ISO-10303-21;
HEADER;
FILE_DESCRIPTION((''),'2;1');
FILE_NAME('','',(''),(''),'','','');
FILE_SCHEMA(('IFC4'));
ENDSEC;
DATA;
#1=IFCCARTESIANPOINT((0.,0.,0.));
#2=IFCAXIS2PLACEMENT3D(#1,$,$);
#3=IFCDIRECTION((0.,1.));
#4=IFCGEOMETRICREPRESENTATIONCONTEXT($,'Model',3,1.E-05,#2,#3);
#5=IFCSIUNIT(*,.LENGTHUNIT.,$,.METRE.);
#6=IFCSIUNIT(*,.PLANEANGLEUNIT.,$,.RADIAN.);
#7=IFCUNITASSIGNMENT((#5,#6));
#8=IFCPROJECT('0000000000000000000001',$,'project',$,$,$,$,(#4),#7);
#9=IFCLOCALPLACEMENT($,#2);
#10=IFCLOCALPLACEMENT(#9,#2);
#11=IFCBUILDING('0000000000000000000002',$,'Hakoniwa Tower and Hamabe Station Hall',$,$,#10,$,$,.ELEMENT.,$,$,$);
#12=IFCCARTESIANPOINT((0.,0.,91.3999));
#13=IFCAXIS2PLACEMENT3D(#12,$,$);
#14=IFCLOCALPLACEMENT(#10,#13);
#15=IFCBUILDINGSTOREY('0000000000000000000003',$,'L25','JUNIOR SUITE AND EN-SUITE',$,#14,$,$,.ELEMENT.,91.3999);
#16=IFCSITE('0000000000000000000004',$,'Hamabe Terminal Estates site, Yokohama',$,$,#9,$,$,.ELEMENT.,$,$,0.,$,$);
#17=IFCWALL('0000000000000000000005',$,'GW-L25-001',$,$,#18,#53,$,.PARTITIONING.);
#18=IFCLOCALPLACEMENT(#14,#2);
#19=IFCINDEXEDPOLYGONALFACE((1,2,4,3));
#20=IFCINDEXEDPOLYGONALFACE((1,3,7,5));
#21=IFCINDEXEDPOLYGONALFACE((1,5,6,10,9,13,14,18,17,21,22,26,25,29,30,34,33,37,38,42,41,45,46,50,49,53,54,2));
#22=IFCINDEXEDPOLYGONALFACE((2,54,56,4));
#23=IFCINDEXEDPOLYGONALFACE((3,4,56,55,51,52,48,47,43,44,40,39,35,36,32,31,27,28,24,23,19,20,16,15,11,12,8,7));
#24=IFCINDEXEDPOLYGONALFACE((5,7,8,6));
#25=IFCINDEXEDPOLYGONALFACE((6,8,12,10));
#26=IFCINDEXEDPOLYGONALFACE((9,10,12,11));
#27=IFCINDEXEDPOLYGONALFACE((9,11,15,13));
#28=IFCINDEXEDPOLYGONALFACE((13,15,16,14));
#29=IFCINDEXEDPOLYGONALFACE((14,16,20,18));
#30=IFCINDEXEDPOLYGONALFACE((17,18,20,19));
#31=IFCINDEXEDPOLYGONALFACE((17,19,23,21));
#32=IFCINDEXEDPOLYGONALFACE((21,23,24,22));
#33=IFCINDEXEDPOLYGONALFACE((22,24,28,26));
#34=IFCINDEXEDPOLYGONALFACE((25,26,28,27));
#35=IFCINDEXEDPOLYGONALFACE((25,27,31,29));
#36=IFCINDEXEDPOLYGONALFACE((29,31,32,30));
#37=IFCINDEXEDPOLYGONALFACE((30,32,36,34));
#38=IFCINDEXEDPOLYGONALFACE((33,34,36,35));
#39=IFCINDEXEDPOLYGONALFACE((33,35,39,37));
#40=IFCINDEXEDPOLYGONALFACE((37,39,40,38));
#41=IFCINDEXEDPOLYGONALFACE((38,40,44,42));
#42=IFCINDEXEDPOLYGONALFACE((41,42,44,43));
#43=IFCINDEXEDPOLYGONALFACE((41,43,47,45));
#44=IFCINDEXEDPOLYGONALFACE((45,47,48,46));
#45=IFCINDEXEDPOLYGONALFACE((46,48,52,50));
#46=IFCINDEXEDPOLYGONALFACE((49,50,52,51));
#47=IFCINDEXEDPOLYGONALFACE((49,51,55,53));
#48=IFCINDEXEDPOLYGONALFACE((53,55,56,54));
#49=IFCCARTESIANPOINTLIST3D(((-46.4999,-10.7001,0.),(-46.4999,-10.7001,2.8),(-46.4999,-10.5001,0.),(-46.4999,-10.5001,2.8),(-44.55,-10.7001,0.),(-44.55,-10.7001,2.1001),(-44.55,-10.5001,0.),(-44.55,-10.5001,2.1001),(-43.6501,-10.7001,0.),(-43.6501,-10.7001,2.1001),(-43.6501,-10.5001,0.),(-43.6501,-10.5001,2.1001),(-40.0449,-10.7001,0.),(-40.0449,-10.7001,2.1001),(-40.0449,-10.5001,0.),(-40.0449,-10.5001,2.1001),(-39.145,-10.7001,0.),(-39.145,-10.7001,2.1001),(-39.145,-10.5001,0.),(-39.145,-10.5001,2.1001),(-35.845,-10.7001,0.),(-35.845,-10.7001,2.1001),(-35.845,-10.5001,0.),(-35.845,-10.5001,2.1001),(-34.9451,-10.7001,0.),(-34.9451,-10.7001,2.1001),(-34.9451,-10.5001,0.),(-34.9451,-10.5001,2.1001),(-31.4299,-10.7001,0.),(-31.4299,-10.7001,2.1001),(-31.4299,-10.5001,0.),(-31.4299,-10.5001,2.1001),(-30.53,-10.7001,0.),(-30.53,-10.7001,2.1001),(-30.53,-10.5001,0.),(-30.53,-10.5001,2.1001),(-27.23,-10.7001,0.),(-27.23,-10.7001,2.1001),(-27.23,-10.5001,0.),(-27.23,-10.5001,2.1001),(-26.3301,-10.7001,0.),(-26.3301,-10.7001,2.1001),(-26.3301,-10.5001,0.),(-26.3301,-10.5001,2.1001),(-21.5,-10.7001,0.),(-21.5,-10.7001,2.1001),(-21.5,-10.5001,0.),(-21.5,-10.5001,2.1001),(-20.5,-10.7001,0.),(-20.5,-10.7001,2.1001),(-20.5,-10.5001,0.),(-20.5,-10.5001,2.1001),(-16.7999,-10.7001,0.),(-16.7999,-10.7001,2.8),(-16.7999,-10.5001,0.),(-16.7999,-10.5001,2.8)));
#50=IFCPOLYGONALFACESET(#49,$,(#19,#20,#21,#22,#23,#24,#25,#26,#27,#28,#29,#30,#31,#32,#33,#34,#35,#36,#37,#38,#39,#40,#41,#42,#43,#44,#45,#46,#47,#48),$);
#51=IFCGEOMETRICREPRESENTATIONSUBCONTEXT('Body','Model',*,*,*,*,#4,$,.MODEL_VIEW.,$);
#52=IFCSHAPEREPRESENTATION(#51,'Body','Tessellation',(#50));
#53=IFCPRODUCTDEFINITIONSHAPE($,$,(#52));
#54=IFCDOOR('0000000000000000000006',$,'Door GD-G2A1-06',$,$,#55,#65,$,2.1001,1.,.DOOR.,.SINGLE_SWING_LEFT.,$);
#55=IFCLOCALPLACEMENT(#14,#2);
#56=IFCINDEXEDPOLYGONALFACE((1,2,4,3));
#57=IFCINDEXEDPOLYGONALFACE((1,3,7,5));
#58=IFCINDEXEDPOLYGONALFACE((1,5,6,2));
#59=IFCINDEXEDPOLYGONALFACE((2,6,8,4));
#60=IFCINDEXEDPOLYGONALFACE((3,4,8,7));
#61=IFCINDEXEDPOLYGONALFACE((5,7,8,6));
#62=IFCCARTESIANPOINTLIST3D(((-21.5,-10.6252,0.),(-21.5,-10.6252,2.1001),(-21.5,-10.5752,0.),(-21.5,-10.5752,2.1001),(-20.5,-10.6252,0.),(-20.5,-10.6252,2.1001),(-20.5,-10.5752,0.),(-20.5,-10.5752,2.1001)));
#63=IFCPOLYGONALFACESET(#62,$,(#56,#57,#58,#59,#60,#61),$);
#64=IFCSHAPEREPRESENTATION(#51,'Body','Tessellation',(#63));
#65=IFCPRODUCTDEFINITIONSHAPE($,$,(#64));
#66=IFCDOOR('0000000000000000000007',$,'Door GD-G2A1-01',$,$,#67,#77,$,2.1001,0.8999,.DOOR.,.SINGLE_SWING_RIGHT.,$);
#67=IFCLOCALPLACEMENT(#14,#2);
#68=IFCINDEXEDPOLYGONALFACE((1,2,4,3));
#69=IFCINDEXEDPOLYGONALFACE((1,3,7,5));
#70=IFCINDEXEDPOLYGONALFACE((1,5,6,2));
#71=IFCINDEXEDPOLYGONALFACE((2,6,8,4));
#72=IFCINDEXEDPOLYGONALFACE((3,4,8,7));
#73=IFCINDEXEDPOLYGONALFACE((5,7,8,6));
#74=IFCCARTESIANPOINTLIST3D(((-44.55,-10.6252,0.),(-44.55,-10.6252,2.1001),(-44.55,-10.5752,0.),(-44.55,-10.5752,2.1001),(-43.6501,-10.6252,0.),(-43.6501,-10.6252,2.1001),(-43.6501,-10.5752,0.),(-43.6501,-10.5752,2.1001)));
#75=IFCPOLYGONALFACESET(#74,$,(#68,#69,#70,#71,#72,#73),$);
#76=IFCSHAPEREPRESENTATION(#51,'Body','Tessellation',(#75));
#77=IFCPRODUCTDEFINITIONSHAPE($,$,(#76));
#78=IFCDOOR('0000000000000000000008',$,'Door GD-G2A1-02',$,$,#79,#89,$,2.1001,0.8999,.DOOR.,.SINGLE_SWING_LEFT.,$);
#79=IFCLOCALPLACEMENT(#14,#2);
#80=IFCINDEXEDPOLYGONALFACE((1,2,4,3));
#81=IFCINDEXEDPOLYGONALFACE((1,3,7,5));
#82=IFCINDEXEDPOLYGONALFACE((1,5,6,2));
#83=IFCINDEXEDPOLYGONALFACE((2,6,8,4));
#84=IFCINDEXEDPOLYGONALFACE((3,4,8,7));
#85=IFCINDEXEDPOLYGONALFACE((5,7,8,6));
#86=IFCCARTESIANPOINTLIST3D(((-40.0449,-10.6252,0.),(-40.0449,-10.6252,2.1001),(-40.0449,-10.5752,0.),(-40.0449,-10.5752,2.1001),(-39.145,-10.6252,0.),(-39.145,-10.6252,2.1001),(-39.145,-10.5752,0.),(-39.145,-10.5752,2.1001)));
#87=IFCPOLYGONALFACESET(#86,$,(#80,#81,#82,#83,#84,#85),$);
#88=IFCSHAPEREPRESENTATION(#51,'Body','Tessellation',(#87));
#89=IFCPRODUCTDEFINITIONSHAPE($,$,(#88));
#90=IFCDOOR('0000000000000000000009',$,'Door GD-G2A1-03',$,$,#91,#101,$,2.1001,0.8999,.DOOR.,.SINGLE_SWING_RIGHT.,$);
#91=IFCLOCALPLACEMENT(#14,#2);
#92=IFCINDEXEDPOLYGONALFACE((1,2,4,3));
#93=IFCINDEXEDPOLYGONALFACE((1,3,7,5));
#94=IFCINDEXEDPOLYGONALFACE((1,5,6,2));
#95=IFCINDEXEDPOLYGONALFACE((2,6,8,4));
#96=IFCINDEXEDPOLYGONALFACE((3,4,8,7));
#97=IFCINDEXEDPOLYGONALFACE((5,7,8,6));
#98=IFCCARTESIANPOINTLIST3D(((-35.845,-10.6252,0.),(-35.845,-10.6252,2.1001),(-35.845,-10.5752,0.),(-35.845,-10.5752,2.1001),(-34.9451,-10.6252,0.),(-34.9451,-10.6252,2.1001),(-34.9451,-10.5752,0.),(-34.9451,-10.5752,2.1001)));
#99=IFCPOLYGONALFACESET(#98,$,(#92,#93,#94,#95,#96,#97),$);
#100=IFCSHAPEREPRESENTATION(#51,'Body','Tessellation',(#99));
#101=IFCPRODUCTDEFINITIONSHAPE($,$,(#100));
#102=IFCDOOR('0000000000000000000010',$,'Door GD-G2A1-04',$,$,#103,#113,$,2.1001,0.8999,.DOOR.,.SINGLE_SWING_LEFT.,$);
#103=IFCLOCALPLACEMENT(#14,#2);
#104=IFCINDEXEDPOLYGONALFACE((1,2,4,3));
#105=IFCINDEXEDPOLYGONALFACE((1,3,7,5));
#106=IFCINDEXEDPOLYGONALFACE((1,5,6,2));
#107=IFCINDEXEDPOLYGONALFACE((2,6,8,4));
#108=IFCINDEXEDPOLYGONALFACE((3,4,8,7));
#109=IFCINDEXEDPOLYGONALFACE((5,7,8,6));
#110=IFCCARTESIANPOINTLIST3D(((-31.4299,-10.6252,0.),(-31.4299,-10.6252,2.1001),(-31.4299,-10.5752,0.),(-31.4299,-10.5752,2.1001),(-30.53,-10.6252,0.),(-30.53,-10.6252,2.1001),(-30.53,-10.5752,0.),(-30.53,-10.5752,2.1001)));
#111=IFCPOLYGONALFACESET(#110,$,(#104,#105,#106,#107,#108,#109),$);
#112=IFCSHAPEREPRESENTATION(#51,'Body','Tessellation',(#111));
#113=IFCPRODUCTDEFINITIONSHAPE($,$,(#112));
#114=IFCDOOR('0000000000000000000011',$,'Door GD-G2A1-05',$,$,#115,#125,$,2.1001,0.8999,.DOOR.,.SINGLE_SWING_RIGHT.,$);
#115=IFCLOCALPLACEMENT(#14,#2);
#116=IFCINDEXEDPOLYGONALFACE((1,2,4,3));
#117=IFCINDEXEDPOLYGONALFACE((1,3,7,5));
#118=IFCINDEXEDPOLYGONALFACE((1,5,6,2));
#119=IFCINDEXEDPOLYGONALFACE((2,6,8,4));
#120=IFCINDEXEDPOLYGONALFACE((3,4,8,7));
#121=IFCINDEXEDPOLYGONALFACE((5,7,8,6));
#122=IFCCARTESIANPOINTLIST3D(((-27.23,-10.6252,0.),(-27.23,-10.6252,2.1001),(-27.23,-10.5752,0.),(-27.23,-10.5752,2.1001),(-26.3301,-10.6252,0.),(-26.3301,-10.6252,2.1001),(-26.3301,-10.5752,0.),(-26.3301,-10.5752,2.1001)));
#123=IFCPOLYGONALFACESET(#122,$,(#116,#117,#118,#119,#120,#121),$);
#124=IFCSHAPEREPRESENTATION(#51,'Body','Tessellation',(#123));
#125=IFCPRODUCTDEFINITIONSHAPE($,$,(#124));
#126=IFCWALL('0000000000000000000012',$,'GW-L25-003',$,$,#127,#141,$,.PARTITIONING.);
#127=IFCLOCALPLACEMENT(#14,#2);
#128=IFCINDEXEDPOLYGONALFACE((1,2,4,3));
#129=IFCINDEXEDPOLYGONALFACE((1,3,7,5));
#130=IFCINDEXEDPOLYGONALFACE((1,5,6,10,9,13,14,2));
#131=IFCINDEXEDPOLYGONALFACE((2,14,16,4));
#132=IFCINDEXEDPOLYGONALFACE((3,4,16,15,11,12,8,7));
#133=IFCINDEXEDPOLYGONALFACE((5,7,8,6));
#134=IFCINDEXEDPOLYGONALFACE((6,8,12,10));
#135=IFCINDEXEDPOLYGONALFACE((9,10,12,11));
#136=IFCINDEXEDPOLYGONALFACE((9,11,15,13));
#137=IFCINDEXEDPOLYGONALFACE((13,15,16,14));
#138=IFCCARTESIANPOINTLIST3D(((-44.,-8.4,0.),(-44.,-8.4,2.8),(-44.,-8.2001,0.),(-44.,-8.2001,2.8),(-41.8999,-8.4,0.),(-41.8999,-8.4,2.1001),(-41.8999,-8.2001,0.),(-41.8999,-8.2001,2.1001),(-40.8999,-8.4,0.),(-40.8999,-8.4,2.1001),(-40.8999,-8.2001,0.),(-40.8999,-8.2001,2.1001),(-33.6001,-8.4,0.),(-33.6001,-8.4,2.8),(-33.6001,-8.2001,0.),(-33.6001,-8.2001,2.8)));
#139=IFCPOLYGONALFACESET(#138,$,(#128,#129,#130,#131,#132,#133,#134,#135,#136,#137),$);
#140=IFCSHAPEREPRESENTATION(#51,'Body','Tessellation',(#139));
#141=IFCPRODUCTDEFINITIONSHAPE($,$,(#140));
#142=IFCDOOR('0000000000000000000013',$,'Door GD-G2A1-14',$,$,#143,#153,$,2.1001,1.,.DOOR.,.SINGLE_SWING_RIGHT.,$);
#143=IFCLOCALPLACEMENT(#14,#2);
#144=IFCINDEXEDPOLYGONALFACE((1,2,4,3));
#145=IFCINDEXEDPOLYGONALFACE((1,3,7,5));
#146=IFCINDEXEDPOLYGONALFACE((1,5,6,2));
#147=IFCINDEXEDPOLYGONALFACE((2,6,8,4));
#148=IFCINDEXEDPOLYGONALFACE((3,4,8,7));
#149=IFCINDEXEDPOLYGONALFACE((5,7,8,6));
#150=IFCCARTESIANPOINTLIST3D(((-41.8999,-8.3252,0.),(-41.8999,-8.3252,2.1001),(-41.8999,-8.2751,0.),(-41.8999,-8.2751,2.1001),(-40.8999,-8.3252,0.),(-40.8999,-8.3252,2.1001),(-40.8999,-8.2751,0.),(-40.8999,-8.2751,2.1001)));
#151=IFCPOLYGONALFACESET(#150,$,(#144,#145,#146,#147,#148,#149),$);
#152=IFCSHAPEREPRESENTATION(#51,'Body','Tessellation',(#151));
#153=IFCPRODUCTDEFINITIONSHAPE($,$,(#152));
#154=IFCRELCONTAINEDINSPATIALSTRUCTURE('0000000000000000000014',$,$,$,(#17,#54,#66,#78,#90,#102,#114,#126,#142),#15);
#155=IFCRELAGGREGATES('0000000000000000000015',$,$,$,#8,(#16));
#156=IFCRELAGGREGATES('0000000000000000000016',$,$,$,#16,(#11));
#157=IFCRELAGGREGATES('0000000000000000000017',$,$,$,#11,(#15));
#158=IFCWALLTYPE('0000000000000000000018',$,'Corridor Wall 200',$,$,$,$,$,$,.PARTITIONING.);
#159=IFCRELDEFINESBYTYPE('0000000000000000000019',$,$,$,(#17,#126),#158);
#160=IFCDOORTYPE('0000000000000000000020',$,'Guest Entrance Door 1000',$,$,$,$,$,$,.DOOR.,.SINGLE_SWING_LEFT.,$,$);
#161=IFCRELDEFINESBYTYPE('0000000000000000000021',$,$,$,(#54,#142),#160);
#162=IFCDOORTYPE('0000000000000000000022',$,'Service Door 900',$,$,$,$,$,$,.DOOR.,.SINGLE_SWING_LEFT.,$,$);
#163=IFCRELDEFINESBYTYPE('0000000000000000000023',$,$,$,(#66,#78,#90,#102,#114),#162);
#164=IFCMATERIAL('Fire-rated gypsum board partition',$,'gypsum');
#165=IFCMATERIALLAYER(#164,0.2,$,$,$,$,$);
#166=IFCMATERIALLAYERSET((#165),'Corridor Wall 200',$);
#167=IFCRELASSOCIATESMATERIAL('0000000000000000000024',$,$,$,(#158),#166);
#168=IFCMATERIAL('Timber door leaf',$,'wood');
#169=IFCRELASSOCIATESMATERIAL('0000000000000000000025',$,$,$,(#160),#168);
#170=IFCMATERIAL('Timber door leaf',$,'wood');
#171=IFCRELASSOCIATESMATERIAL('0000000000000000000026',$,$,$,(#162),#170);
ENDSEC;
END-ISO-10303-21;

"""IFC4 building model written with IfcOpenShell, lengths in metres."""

from ifc_helpers import new_model, si_unit, direction, frame, frame_2d, origin, place, context, subcontext, project, spatial, rectangle, extrude, material, layer, layer_set, type_object, element, fill, save


model = new_model("IFC4")

# Units and contexts
model_context = context("Model", 3, precision=1e-05, world=origin(), true_north=direction((0.0, 1.0)))
body_context = subcontext(model_context, "Body", "Model", "MODEL_VIEW")
ifc_project = project(units=[si_unit("LENGTHUNIT", "METRE"), si_unit("PLANEANGLEUNIT", "RADIAN")], contexts=[model_context])

# Site, building, storey
site_placement = place(None, origin())
site = spatial("IfcSite", under=ifc_project, at=site_placement, Name="Hamabe Terminal Estates site, Yokohama", CompositionType="ELEMENT", RefElevation=0.0)
building_placement = place(site_placement, origin())
building = spatial("IfcBuilding", under=site, at=building_placement, Name="Hakoniwa Tower and Hamabe Station Hall", CompositionType="ELEMENT")
storey_placement = place(building_placement, frame((0.0, 0.0, 91.3999)))
storey = spatial("IfcBuildingStorey", under=building, at=storey_placement, Name="L25", Description="JUNIOR SUITE AND EN-SUITE", CompositionType="ELEMENT", Elevation=91.3999)

# Wall, openings, doors
ifc_material_1 = material(Name="Fire-rated gypsum board partition", Category="gypsum")
ifc_layer_1 = layer(ifc_material_1, 0.2)
ifc_layer_set_1 = layer_set([ifc_layer_1], Name="Corridor Wall 200")
wall_type_1 = type_object("IfcWallType", Name="Corridor Wall 200", PredefinedType="PARTITIONING", material=ifc_layer_set_1)
wall_1_placement = place(storey_placement, frame((-46.5, -10.6001, 0.0), z_axis=(0.0, 0.0, 1.0), x_axis=(1.0, 0.0, 0.0)))
wall_1 = element("IfcWall", 1, at=wall_1_placement, inside=storey, type_object=wall_type_1, Name="GW-L25-001", PredefinedType="PARTITIONING", context=body_context, shape_type="SweptSolid", body=[
    extrude(rectangle(XDim=29.7, YDim=0.2, at=frame_2d((14.8501, 0.0))), origin(), (0.0, 0.0, 1.0), 2.8),
])
opening_1_placement = place(wall_1_placement, frame((1.95, 0.0, 0.0)))
opening_1 = element("IfcOpeningElement", 2, at=opening_1_placement, cuts=wall_1, PredefinedType="OPENING", context=body_context, shape_type="SweptSolid", body=[
    extrude(rectangle(XDim=0.8999, YDim=2.1001, at=frame_2d((0.45, 1.05))), frame((0.0, 0.1099, 0.0), z_axis=(0.0, -1.0, 0.0), x_axis=(1.0, 0.0, 0.0)), (0.0, 0.0, 1.0), 0.22),
])
opening_2_placement = place(wall_1_placement, frame((6.4551, 0.0, 0.0)))
opening_2 = element("IfcOpeningElement", 3, at=opening_2_placement, cuts=wall_1, PredefinedType="OPENING", context=body_context, shape_type="SweptSolid", body=[
    extrude(rectangle(XDim=0.8999, YDim=2.1001, at=frame_2d((0.45, 1.05))), frame((0.0, 0.1099, 0.0), z_axis=(0.0, -1.0, 0.0), x_axis=(1.0, 0.0, 0.0)), (0.0, 0.0, 1.0), 0.22),
])
opening_3_placement = place(wall_1_placement, frame((10.655, 0.0, 0.0)))
opening_3 = element("IfcOpeningElement", 4, at=opening_3_placement, cuts=wall_1, PredefinedType="OPENING", context=body_context, shape_type="SweptSolid", body=[
    extrude(rectangle(XDim=0.8999, YDim=2.1001, at=frame_2d((0.45, 1.05))), frame((0.0, 0.1099, 0.0), z_axis=(0.0, -1.0, 0.0), x_axis=(1.0, 0.0, 0.0)), (0.0, 0.0, 1.0), 0.22),
])
opening_4_placement = place(wall_1_placement, frame((15.0701, 0.0, 0.0)))
opening_4 = element("IfcOpeningElement", 5, at=opening_4_placement, cuts=wall_1, PredefinedType="OPENING", context=body_context, shape_type="SweptSolid", body=[
    extrude(rectangle(XDim=0.8999, YDim=2.1001, at=frame_2d((0.45, 1.05))), frame((0.0, 0.1099, 0.0), z_axis=(0.0, -1.0, 0.0), x_axis=(1.0, 0.0, 0.0)), (0.0, 0.0, 1.0), 0.22),
])
opening_5_placement = place(wall_1_placement, frame((19.27, 0.0, 0.0)))
opening_5 = element("IfcOpeningElement", 6, at=opening_5_placement, cuts=wall_1, PredefinedType="OPENING", context=body_context, shape_type="SweptSolid", body=[
    extrude(rectangle(XDim=0.8999, YDim=2.1001, at=frame_2d((0.45, 1.05))), frame((0.0, 0.1099, 0.0), z_axis=(0.0, -1.0, 0.0), x_axis=(1.0, 0.0, 0.0)), (0.0, 0.0, 1.0), 0.22),
])
opening_6_placement = place(wall_1_placement, frame((25.0, 0.0, 0.0)))
opening_6 = element("IfcOpeningElement", 7, at=opening_6_placement, cuts=wall_1, PredefinedType="OPENING", context=body_context, shape_type="SweptSolid", body=[
    extrude(rectangle(XDim=1.0, YDim=2.1001, at=frame_2d((0.5, 1.05))), frame((0.0, 0.1099, 0.0), z_axis=(0.0, -1.0, 0.0), x_axis=(1.0, 0.0, 0.0)), (0.0, 0.0, 1.0), 0.22),
])
ifc_material_2 = material(Name="Timber door leaf", Category="wood")
door_type_1 = type_object("IfcDoorType", Name="Guest Entrance Door 1000", OperationType="SINGLE_SWING_LEFT", PredefinedType="DOOR", material=ifc_material_2)
door_1_placement = place(opening_6_placement, origin())
door_1 = element("IfcDoor", 8, at=door_1_placement, inside=storey, type_object=door_type_1, Name="Door GD-G2A1-06", OperationType="SINGLE_SWING_LEFT", OverallHeight=2.1001, OverallWidth=1.0, PredefinedType="DOOR", context=body_context, shape_type="SweptSolid", body=[
    extrude(rectangle(XDim=1.0, YDim=2.1001, at=frame_2d((0.5, 1.05))), frame((0.0, 0.0249, 0.0), z_axis=(0.0, -1.0, 0.0), x_axis=(1.0, 0.0, 0.0)), (0.0, 0.0, 1.0), 0.05),
])
fill(opening_6, door_1)
ifc_material_3 = material(Name="Timber door leaf", Category="wood")
door_type_2 = type_object("IfcDoorType", Name="Service Door 900", OperationType="SINGLE_SWING_LEFT", PredefinedType="DOOR", material=ifc_material_3)
door_2_placement = place(opening_1_placement, origin())
door_2 = element("IfcDoor", 9, at=door_2_placement, inside=storey, type_object=door_type_2, Name="Door GD-G2A1-01", OperationType="SINGLE_SWING_RIGHT", OverallHeight=2.1001, OverallWidth=0.8999, PredefinedType="DOOR", context=body_context, shape_type="SweptSolid", body=[
    extrude(rectangle(XDim=0.8999, YDim=2.1001, at=frame_2d((0.45, 1.05))), frame((0.0, 0.0249, 0.0), z_axis=(0.0, -1.0, 0.0), x_axis=(1.0, 0.0, 0.0)), (0.0, 0.0, 1.0), 0.05),
])
fill(opening_1, door_2)
door_3_placement = place(opening_2_placement, origin())
door_3 = element("IfcDoor", 10, at=door_3_placement, inside=storey, type_object=door_type_2, Name="Door GD-G2A1-02", OperationType="SINGLE_SWING_LEFT", OverallHeight=2.1001, OverallWidth=0.8999, PredefinedType="DOOR", context=body_context, shape_type="SweptSolid", body=[
    extrude(rectangle(XDim=0.8999, YDim=2.1001, at=frame_2d((0.45, 1.05))), frame((0.0, 0.0249, 0.0), z_axis=(0.0, -1.0, 0.0), x_axis=(1.0, 0.0, 0.0)), (0.0, 0.0, 1.0), 0.05),
])
fill(opening_2, door_3)
door_4_placement = place(opening_3_placement, origin())
door_4 = element("IfcDoor", 11, at=door_4_placement, inside=storey, type_object=door_type_2, Name="Door GD-G2A1-03", OperationType="SINGLE_SWING_RIGHT", OverallHeight=2.1001, OverallWidth=0.8999, PredefinedType="DOOR", context=body_context, shape_type="SweptSolid", body=[
    extrude(rectangle(XDim=0.8999, YDim=2.1001, at=frame_2d((0.45, 1.05))), frame((0.0, 0.0249, 0.0), z_axis=(0.0, -1.0, 0.0), x_axis=(1.0, 0.0, 0.0)), (0.0, 0.0, 1.0), 0.05),
])
fill(opening_3, door_4)
door_5_placement = place(opening_4_placement, origin())
door_5 = element("IfcDoor", 12, at=door_5_placement, inside=storey, type_object=door_type_2, Name="Door GD-G2A1-04", OperationType="SINGLE_SWING_LEFT", OverallHeight=2.1001, OverallWidth=0.8999, PredefinedType="DOOR", context=body_context, shape_type="SweptSolid", body=[
    extrude(rectangle(XDim=0.8999, YDim=2.1001, at=frame_2d((0.45, 1.05))), frame((0.0, 0.0249, 0.0), z_axis=(0.0, -1.0, 0.0), x_axis=(1.0, 0.0, 0.0)), (0.0, 0.0, 1.0), 0.05),
])
fill(opening_4, door_5)
door_6_placement = place(opening_5_placement, origin())
door_6 = element("IfcDoor", 13, at=door_6_placement, inside=storey, type_object=door_type_2, Name="Door GD-G2A1-05", OperationType="SINGLE_SWING_RIGHT", OverallHeight=2.1001, OverallWidth=0.8999, PredefinedType="DOOR", context=body_context, shape_type="SweptSolid", body=[
    extrude(rectangle(XDim=0.8999, YDim=2.1001, at=frame_2d((0.45, 1.05))), frame((0.0, 0.0249, 0.0), z_axis=(0.0, -1.0, 0.0), x_axis=(1.0, 0.0, 0.0)), (0.0, 0.0, 1.0), 0.05),
])
fill(opening_5, door_6)

# Wall, opening, door
wall_2_placement = place(storey_placement, frame((-44.0, -8.3, 0.0), z_axis=(0.0, 0.0, 1.0), x_axis=(1.0, 0.0, 0.0)))
wall_2 = element("IfcWall", 14, at=wall_2_placement, inside=storey, type_object=wall_type_1, Name="GW-L25-003", PredefinedType="PARTITIONING", context=body_context, shape_type="SweptSolid", body=[
    extrude(rectangle(XDim=10.3999, YDim=0.2, at=frame_2d((5.2, 0.0))), origin(), (0.0, 0.0, 1.0), 2.8),
])
opening_7_placement = place(wall_2_placement, frame((2.1001, 0.0, 0.0)))
opening_7 = element("IfcOpeningElement", 15, at=opening_7_placement, cuts=wall_2, PredefinedType="OPENING", context=body_context, shape_type="SweptSolid", body=[
    extrude(rectangle(XDim=1.0, YDim=2.1001, at=frame_2d((0.5, 1.05))), frame((0.0, 0.1099, 0.0), z_axis=(0.0, -1.0, 0.0), x_axis=(1.0, 0.0, 0.0)), (0.0, 0.0, 1.0), 0.22),
])
door_7_placement = place(opening_7_placement, origin())
door_7 = element("IfcDoor", 16, at=door_7_placement, inside=storey, type_object=door_type_1, Name="Door GD-G2A1-14", OperationType="SINGLE_SWING_RIGHT", OverallHeight=2.1001, OverallWidth=1.0, PredefinedType="DOOR", context=body_context, shape_type="SweptSolid", body=[
    extrude(rectangle(XDim=1.0, YDim=2.1001, at=frame_2d((0.5, 1.05))), frame((0.0, 0.0249, 0.0), z_axis=(0.0, -1.0, 0.0), x_axis=(1.0, 0.0, 0.0)), (0.0, 0.0, 1.0), 0.05),
])
fill(opening_7, door_7)

save(model, "model.ifc")
